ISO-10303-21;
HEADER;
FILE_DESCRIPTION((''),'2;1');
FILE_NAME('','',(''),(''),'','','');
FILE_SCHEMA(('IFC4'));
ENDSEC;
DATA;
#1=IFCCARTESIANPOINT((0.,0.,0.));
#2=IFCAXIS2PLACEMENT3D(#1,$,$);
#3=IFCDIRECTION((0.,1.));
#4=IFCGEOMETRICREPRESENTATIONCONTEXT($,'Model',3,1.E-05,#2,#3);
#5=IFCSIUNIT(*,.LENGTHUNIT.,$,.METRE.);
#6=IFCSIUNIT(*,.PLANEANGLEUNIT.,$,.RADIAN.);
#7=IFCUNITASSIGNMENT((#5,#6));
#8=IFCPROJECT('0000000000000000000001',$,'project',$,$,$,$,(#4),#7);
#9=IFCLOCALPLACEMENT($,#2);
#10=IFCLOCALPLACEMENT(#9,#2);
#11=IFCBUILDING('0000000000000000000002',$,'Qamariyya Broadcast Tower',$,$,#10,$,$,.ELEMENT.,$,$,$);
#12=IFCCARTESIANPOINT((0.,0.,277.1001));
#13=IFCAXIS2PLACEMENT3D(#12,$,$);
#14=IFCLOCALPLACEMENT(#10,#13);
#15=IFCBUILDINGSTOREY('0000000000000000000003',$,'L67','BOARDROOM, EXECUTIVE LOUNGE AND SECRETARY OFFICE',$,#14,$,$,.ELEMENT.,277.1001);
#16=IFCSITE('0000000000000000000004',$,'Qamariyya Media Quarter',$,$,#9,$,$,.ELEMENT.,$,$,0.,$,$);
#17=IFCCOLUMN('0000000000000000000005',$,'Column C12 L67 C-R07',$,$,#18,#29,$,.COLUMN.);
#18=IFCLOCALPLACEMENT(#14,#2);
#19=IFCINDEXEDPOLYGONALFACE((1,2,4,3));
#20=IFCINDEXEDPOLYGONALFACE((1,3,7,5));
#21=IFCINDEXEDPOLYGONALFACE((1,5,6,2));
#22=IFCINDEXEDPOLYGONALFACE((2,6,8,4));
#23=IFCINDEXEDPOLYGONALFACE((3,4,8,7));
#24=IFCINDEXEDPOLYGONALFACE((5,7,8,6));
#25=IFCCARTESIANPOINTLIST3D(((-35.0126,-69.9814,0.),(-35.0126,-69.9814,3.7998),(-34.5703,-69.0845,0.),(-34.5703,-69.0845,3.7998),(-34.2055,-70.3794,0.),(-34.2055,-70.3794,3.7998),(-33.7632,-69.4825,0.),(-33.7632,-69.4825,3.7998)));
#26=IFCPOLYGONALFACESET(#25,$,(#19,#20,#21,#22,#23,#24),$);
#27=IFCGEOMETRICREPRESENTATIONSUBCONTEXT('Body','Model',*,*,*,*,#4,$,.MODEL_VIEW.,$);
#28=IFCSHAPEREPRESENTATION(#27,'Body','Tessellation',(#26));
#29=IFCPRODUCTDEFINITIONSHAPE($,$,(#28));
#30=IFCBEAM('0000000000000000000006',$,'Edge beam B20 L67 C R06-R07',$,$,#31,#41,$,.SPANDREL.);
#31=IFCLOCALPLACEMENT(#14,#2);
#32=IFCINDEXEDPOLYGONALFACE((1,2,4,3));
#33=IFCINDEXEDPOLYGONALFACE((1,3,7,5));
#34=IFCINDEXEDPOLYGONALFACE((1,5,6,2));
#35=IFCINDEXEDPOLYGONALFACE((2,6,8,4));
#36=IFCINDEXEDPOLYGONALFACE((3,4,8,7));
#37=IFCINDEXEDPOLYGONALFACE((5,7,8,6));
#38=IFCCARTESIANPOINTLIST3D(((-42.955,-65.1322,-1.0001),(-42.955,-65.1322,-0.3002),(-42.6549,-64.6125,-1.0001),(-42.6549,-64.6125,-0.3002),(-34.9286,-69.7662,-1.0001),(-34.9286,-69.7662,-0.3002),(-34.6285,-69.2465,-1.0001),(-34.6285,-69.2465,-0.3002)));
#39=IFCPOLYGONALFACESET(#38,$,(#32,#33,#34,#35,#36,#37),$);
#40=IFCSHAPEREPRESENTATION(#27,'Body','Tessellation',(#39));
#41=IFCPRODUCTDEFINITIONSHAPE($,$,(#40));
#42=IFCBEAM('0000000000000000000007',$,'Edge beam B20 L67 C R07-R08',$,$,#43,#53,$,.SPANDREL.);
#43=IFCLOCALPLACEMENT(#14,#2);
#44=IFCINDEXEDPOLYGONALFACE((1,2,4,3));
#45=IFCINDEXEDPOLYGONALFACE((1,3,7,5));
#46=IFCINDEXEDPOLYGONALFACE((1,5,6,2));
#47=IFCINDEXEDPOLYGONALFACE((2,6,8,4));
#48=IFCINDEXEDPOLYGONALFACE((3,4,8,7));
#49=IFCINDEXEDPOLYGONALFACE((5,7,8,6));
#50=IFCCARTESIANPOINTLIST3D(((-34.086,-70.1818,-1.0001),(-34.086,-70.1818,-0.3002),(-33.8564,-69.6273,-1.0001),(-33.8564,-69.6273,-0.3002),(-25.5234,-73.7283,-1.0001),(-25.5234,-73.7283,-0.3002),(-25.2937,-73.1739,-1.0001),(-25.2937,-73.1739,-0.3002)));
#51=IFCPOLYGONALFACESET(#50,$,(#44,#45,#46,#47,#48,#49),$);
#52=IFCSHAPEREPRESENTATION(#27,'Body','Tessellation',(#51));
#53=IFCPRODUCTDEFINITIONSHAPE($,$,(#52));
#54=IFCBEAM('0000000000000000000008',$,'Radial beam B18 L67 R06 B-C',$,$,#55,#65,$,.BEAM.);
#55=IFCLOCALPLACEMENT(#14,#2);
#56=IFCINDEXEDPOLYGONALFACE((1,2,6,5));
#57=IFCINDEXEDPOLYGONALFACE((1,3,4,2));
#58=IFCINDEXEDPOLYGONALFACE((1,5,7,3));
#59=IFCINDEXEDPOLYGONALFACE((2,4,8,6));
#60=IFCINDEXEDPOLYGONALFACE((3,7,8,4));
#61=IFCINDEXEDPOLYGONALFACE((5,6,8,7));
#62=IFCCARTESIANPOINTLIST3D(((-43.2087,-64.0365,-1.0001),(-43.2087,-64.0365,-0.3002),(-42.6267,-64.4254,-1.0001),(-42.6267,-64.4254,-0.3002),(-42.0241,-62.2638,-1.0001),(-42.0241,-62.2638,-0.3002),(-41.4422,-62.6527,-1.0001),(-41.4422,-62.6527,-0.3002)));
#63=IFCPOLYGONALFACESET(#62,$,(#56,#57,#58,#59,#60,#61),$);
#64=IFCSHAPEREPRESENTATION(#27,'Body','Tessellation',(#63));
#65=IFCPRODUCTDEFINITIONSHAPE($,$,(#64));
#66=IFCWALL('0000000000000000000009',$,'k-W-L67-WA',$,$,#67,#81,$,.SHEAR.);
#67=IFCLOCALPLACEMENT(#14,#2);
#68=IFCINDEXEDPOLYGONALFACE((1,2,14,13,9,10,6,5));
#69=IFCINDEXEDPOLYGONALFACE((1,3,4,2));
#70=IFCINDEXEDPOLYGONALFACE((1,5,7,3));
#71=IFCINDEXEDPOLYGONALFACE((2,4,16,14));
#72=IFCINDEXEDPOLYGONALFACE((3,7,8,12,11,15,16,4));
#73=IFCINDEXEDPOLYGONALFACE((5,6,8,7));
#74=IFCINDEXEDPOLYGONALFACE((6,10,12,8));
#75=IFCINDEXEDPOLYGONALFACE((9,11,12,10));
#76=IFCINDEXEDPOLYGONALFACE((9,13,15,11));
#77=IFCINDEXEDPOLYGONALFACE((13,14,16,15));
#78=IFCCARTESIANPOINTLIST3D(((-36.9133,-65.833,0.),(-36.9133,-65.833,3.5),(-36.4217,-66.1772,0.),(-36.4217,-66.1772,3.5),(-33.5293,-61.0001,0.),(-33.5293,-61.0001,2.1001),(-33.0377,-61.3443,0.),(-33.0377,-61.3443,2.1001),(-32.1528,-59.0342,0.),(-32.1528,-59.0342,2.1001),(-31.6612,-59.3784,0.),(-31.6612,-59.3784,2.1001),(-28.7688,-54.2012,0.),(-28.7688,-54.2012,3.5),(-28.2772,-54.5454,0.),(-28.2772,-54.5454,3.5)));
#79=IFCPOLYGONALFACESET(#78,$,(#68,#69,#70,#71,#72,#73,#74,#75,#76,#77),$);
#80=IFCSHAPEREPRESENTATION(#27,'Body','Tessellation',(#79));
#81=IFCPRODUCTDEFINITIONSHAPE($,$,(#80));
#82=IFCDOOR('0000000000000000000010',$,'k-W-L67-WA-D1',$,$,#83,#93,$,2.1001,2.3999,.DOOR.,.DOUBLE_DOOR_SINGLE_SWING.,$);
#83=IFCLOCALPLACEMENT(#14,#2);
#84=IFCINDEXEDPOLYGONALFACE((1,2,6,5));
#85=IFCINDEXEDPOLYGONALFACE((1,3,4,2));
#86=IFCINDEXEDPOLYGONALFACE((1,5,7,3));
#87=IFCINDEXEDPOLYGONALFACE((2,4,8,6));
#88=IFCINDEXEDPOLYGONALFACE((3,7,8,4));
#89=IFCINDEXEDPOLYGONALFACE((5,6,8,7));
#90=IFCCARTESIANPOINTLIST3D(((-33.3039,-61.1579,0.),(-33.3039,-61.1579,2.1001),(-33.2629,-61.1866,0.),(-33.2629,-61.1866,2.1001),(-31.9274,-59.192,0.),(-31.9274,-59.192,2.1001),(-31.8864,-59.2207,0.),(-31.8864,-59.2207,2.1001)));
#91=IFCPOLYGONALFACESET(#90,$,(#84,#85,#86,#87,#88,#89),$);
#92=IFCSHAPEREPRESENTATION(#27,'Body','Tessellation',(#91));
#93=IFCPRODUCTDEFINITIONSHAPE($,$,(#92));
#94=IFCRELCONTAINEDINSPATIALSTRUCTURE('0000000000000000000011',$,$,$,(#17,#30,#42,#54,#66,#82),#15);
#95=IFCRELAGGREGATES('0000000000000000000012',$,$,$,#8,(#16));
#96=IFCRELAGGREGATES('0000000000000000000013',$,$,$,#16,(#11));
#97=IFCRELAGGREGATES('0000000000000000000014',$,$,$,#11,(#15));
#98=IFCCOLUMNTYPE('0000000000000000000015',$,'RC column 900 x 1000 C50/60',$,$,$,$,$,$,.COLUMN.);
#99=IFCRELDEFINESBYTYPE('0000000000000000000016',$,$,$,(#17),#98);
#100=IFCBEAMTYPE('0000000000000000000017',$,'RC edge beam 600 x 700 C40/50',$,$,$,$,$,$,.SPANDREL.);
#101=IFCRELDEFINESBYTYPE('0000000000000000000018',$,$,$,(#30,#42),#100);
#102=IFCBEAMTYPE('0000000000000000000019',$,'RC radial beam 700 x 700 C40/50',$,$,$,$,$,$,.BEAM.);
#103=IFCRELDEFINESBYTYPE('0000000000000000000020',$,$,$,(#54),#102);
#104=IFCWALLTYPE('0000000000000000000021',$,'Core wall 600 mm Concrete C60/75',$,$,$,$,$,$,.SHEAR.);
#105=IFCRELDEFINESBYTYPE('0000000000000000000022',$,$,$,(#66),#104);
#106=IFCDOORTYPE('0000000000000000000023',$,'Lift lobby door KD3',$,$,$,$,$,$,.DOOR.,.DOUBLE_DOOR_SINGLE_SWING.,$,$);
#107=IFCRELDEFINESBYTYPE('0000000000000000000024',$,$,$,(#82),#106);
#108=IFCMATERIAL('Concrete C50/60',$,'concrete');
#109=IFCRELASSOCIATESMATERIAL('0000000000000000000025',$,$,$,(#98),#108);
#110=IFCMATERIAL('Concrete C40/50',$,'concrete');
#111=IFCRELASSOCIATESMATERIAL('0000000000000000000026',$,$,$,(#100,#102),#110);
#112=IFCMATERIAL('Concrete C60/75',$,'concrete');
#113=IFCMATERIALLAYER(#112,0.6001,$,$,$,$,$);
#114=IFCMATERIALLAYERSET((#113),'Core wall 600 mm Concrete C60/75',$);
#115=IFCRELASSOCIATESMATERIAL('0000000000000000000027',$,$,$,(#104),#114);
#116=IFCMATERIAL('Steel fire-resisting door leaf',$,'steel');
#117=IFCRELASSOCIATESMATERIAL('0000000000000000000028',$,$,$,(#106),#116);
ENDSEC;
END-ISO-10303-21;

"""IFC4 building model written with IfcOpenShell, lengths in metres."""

from ifc_helpers import new_model, si_unit, direction, frame, frame_2d, origin, origin_2d, place, context, subcontext, project, spatial, rectangle, extrude, material, layer, layer_set, material_profile, profile_set, type_object, element, fill, save


model = new_model("IFC4")

# Units and contexts
model_context = context("Model", 3, precision=1e-05, world=origin(), true_north=direction((0.0, 1.0)))
body_context = subcontext(model_context, "Body", "Model", "MODEL_VIEW")
ifc_project = project(units=[si_unit("LENGTHUNIT", "METRE"), si_unit("PLANEANGLEUNIT", "RADIAN")], contexts=[model_context])

# Site, building, storey
site_placement = place(None, origin())
site = spatial("IfcSite", under=ifc_project, at=site_placement, Name="Qamariyya Media Quarter", CompositionType="ELEMENT", RefElevation=0.0)
building_placement = place(site_placement, origin())
building = spatial("IfcBuilding", under=site, at=building_placement, Name="Qamariyya Broadcast Tower", CompositionType="ELEMENT")
storey_placement = place(building_placement, frame((0.0, 0.0, 277.1001)))
storey = spatial("IfcBuildingStorey", under=building, at=storey_placement, Name="L67", Description="BOARDROOM, EXECUTIVE LOUNGE AND SECRETARY OFFICE", CompositionType="ELEMENT", Elevation=277.1001)

# Column
ifc_material_1 = material(Name="Concrete C50/60", Category="concrete")
ifc_material_profile_1 = material_profile(ifc_material_1, rectangle(XDim=0.8999, YDim=1.0, at=origin_2d()))
ifc_profile_set_1 = profile_set([ifc_material_profile_1], Name="Concrete C50/60")
column_type = type_object("IfcColumnType", Name="RC column 900 x 1000 C50/60", PredefinedType="COLUMN", material=ifc_profile_set_1)
column_placement = place(storey_placement, frame((-34.3879, -69.7319, 0.0), z_axis=(0.0, 0.0, 1.0), x_axis=(0.896873, -0.442289, 0.0)))
element("IfcColumn", 1, at=column_placement, inside=storey, type_object=column_type, Name="Column C12 L67 C-R07", PredefinedType="COLUMN", context=body_context, shape_type="SweptSolid", body=[
    extrude(rectangle(XDim=0.8999, YDim=1.0, at=origin_2d()), origin(), (0.0, 0.0, 1.0), 3.7998),
])

# Beams
ifc_material_2 = material(Name="Concrete C40/50", Category="concrete")
ifc_material_profile_2 = material_profile(ifc_material_2, rectangle(XDim=0.6001, YDim=0.7, at=origin_2d()))
ifc_profile_set_2 = profile_set([ifc_material_profile_2], Name="Concrete C40/50")
beam_type_1 = type_object("IfcBeamType", Name="RC edge beam 600 x 700 C40/50", PredefinedType="SPANDREL", material=ifc_profile_set_2)
for number, where, z_axis, x_axis, name in (
    (2, (-42.8049, -64.8723, -0.6501), (0.866025, -0.500001, 0.0), (0.500001, 0.866025, 0.0), "Edge beam B20 L67 C R06-R07"),
    (3, (-33.9712, -69.9045, -0.6501), (0.923886, -0.382667, 0.0), (0.382667, 0.923886, 0.0), "Edge beam B20 L67 C R07-R08"),
):
    element("IfcBeam", number, at=place(storey_placement, frame(where, z_axis=z_axis, x_axis=x_axis)), inside=storey, type_object=beam_type_1, Name=name, PredefinedType="SPANDREL", context=body_context, shape_type="SweptSolid", body=[
        extrude(rectangle(XDim=0.6001, YDim=0.7, at=origin_2d()), origin(), (0.0, 0.0, 1.0), 9.2681),
    ])
ifc_material_profile_3 = material_profile(ifc_material_2, rectangle(XDim=0.7, YDim=0.7, at=origin_2d()))
ifc_profile_set_3 = profile_set([ifc_material_profile_3], Name="Concrete C40/50")
beam_type_2 = type_object("IfcBeamType", Name="RC radial beam 700 x 700 C40/50", PredefinedType="BEAM", material=ifc_profile_set_3)
beam_placement = place(storey_placement, frame((-41.7332, -62.4583, -0.6501), z_axis=(-0.555598, -0.831451, 0.0), x_axis=(0.831451, -0.555598, 0.0)))
element("IfcBeam", 4, at=beam_placement, inside=storey, type_object=beam_type_2, Name="Radial beam B18 L67 R06 B-C", PredefinedType="BEAM", context=body_context, shape_type="SweptSolid", body=[
    extrude(rectangle(XDim=0.7, YDim=0.7, at=origin_2d()), origin(), (0.0, 0.0, 1.0), 2.1321),
])

# Wall, opening, door
ifc_material_3 = material(Name="Concrete C60/75", Category="concrete")
ifc_layer_1 = layer(ifc_material_3, 0.6001)
ifc_layer_set_1 = layer_set([ifc_layer_1], Name="Core wall 600 mm Concrete C60/75")
wall_type_1 = type_object("IfcWallType", Name="Core wall 600 mm Concrete C60/75", PredefinedType="SHEAR", material=ifc_layer_set_1)
wall_1_placement = place(storey_placement, frame((-36.6675, -66.0051, 0.0), z_axis=(0.0, 0.0, 1.0), x_axis=(0.573568, 0.819158, 0.0)))
wall_1 = element("IfcWall", 5, at=wall_1_placement, inside=storey, type_object=wall_type_1, Name="k-W-L67-WA", PredefinedType="SHEAR", context=body_context, shape_type="SweptSolid", body=[
    extrude(rectangle(XDim=14.1997, YDim=0.6001, at=frame_2d((7.0999, 0.0))), origin(), (0.0, 0.0, 1.0), 3.5),
])
opening_1_placement = place(wall_1_placement, frame((5.8999, 0.0, 0.0)))
opening_1 = element("IfcOpeningElement", 6, at=opening_1_placement, cuts=wall_1, PredefinedType="OPENING", context=body_context, shape_type="SweptSolid", body=[
    extrude(rectangle(XDim=2.3999, YDim=2.1001, at=frame_2d((1.2, 1.05))), frame((0.0, 0.3101, 0.0), z_axis=(0.0, -1.0, 0.0), x_axis=(1.0, 0.0, 0.0)), (0.0, 0.0, 1.0), 0.6201),
])
ifc_material_4 = material(Name="Steel fire-resisting door leaf", Category="steel")
door_type_1 = type_object("IfcDoorType", Name="Lift lobby door KD3", OperationType="DOUBLE_DOOR_SINGLE_SWING", PredefinedType="DOOR", material=ifc_material_4)
door_1_placement = place(opening_1_placement, origin())
door_1 = element("IfcDoor", 7, at=door_1_placement, inside=storey, type_object=door_type_1, Name="k-W-L67-WA-D1", OperationType="DOUBLE_DOOR_SINGLE_SWING", OverallHeight=2.1001, OverallWidth=2.3999, PredefinedType="DOOR", context=body_context, shape_type="SweptSolid", body=[
    extrude(rectangle(XDim=2.3999, YDim=2.1001, at=frame_2d((1.2, 1.05))), frame((0.0, 0.0249, 0.0), z_axis=(0.0, -1.0, 0.0), x_axis=(1.0, 0.0, 0.0)), (0.0, 0.0, 1.0), 0.05),
])
fill(opening_1, door_1)

save(model, "model.ifc")
